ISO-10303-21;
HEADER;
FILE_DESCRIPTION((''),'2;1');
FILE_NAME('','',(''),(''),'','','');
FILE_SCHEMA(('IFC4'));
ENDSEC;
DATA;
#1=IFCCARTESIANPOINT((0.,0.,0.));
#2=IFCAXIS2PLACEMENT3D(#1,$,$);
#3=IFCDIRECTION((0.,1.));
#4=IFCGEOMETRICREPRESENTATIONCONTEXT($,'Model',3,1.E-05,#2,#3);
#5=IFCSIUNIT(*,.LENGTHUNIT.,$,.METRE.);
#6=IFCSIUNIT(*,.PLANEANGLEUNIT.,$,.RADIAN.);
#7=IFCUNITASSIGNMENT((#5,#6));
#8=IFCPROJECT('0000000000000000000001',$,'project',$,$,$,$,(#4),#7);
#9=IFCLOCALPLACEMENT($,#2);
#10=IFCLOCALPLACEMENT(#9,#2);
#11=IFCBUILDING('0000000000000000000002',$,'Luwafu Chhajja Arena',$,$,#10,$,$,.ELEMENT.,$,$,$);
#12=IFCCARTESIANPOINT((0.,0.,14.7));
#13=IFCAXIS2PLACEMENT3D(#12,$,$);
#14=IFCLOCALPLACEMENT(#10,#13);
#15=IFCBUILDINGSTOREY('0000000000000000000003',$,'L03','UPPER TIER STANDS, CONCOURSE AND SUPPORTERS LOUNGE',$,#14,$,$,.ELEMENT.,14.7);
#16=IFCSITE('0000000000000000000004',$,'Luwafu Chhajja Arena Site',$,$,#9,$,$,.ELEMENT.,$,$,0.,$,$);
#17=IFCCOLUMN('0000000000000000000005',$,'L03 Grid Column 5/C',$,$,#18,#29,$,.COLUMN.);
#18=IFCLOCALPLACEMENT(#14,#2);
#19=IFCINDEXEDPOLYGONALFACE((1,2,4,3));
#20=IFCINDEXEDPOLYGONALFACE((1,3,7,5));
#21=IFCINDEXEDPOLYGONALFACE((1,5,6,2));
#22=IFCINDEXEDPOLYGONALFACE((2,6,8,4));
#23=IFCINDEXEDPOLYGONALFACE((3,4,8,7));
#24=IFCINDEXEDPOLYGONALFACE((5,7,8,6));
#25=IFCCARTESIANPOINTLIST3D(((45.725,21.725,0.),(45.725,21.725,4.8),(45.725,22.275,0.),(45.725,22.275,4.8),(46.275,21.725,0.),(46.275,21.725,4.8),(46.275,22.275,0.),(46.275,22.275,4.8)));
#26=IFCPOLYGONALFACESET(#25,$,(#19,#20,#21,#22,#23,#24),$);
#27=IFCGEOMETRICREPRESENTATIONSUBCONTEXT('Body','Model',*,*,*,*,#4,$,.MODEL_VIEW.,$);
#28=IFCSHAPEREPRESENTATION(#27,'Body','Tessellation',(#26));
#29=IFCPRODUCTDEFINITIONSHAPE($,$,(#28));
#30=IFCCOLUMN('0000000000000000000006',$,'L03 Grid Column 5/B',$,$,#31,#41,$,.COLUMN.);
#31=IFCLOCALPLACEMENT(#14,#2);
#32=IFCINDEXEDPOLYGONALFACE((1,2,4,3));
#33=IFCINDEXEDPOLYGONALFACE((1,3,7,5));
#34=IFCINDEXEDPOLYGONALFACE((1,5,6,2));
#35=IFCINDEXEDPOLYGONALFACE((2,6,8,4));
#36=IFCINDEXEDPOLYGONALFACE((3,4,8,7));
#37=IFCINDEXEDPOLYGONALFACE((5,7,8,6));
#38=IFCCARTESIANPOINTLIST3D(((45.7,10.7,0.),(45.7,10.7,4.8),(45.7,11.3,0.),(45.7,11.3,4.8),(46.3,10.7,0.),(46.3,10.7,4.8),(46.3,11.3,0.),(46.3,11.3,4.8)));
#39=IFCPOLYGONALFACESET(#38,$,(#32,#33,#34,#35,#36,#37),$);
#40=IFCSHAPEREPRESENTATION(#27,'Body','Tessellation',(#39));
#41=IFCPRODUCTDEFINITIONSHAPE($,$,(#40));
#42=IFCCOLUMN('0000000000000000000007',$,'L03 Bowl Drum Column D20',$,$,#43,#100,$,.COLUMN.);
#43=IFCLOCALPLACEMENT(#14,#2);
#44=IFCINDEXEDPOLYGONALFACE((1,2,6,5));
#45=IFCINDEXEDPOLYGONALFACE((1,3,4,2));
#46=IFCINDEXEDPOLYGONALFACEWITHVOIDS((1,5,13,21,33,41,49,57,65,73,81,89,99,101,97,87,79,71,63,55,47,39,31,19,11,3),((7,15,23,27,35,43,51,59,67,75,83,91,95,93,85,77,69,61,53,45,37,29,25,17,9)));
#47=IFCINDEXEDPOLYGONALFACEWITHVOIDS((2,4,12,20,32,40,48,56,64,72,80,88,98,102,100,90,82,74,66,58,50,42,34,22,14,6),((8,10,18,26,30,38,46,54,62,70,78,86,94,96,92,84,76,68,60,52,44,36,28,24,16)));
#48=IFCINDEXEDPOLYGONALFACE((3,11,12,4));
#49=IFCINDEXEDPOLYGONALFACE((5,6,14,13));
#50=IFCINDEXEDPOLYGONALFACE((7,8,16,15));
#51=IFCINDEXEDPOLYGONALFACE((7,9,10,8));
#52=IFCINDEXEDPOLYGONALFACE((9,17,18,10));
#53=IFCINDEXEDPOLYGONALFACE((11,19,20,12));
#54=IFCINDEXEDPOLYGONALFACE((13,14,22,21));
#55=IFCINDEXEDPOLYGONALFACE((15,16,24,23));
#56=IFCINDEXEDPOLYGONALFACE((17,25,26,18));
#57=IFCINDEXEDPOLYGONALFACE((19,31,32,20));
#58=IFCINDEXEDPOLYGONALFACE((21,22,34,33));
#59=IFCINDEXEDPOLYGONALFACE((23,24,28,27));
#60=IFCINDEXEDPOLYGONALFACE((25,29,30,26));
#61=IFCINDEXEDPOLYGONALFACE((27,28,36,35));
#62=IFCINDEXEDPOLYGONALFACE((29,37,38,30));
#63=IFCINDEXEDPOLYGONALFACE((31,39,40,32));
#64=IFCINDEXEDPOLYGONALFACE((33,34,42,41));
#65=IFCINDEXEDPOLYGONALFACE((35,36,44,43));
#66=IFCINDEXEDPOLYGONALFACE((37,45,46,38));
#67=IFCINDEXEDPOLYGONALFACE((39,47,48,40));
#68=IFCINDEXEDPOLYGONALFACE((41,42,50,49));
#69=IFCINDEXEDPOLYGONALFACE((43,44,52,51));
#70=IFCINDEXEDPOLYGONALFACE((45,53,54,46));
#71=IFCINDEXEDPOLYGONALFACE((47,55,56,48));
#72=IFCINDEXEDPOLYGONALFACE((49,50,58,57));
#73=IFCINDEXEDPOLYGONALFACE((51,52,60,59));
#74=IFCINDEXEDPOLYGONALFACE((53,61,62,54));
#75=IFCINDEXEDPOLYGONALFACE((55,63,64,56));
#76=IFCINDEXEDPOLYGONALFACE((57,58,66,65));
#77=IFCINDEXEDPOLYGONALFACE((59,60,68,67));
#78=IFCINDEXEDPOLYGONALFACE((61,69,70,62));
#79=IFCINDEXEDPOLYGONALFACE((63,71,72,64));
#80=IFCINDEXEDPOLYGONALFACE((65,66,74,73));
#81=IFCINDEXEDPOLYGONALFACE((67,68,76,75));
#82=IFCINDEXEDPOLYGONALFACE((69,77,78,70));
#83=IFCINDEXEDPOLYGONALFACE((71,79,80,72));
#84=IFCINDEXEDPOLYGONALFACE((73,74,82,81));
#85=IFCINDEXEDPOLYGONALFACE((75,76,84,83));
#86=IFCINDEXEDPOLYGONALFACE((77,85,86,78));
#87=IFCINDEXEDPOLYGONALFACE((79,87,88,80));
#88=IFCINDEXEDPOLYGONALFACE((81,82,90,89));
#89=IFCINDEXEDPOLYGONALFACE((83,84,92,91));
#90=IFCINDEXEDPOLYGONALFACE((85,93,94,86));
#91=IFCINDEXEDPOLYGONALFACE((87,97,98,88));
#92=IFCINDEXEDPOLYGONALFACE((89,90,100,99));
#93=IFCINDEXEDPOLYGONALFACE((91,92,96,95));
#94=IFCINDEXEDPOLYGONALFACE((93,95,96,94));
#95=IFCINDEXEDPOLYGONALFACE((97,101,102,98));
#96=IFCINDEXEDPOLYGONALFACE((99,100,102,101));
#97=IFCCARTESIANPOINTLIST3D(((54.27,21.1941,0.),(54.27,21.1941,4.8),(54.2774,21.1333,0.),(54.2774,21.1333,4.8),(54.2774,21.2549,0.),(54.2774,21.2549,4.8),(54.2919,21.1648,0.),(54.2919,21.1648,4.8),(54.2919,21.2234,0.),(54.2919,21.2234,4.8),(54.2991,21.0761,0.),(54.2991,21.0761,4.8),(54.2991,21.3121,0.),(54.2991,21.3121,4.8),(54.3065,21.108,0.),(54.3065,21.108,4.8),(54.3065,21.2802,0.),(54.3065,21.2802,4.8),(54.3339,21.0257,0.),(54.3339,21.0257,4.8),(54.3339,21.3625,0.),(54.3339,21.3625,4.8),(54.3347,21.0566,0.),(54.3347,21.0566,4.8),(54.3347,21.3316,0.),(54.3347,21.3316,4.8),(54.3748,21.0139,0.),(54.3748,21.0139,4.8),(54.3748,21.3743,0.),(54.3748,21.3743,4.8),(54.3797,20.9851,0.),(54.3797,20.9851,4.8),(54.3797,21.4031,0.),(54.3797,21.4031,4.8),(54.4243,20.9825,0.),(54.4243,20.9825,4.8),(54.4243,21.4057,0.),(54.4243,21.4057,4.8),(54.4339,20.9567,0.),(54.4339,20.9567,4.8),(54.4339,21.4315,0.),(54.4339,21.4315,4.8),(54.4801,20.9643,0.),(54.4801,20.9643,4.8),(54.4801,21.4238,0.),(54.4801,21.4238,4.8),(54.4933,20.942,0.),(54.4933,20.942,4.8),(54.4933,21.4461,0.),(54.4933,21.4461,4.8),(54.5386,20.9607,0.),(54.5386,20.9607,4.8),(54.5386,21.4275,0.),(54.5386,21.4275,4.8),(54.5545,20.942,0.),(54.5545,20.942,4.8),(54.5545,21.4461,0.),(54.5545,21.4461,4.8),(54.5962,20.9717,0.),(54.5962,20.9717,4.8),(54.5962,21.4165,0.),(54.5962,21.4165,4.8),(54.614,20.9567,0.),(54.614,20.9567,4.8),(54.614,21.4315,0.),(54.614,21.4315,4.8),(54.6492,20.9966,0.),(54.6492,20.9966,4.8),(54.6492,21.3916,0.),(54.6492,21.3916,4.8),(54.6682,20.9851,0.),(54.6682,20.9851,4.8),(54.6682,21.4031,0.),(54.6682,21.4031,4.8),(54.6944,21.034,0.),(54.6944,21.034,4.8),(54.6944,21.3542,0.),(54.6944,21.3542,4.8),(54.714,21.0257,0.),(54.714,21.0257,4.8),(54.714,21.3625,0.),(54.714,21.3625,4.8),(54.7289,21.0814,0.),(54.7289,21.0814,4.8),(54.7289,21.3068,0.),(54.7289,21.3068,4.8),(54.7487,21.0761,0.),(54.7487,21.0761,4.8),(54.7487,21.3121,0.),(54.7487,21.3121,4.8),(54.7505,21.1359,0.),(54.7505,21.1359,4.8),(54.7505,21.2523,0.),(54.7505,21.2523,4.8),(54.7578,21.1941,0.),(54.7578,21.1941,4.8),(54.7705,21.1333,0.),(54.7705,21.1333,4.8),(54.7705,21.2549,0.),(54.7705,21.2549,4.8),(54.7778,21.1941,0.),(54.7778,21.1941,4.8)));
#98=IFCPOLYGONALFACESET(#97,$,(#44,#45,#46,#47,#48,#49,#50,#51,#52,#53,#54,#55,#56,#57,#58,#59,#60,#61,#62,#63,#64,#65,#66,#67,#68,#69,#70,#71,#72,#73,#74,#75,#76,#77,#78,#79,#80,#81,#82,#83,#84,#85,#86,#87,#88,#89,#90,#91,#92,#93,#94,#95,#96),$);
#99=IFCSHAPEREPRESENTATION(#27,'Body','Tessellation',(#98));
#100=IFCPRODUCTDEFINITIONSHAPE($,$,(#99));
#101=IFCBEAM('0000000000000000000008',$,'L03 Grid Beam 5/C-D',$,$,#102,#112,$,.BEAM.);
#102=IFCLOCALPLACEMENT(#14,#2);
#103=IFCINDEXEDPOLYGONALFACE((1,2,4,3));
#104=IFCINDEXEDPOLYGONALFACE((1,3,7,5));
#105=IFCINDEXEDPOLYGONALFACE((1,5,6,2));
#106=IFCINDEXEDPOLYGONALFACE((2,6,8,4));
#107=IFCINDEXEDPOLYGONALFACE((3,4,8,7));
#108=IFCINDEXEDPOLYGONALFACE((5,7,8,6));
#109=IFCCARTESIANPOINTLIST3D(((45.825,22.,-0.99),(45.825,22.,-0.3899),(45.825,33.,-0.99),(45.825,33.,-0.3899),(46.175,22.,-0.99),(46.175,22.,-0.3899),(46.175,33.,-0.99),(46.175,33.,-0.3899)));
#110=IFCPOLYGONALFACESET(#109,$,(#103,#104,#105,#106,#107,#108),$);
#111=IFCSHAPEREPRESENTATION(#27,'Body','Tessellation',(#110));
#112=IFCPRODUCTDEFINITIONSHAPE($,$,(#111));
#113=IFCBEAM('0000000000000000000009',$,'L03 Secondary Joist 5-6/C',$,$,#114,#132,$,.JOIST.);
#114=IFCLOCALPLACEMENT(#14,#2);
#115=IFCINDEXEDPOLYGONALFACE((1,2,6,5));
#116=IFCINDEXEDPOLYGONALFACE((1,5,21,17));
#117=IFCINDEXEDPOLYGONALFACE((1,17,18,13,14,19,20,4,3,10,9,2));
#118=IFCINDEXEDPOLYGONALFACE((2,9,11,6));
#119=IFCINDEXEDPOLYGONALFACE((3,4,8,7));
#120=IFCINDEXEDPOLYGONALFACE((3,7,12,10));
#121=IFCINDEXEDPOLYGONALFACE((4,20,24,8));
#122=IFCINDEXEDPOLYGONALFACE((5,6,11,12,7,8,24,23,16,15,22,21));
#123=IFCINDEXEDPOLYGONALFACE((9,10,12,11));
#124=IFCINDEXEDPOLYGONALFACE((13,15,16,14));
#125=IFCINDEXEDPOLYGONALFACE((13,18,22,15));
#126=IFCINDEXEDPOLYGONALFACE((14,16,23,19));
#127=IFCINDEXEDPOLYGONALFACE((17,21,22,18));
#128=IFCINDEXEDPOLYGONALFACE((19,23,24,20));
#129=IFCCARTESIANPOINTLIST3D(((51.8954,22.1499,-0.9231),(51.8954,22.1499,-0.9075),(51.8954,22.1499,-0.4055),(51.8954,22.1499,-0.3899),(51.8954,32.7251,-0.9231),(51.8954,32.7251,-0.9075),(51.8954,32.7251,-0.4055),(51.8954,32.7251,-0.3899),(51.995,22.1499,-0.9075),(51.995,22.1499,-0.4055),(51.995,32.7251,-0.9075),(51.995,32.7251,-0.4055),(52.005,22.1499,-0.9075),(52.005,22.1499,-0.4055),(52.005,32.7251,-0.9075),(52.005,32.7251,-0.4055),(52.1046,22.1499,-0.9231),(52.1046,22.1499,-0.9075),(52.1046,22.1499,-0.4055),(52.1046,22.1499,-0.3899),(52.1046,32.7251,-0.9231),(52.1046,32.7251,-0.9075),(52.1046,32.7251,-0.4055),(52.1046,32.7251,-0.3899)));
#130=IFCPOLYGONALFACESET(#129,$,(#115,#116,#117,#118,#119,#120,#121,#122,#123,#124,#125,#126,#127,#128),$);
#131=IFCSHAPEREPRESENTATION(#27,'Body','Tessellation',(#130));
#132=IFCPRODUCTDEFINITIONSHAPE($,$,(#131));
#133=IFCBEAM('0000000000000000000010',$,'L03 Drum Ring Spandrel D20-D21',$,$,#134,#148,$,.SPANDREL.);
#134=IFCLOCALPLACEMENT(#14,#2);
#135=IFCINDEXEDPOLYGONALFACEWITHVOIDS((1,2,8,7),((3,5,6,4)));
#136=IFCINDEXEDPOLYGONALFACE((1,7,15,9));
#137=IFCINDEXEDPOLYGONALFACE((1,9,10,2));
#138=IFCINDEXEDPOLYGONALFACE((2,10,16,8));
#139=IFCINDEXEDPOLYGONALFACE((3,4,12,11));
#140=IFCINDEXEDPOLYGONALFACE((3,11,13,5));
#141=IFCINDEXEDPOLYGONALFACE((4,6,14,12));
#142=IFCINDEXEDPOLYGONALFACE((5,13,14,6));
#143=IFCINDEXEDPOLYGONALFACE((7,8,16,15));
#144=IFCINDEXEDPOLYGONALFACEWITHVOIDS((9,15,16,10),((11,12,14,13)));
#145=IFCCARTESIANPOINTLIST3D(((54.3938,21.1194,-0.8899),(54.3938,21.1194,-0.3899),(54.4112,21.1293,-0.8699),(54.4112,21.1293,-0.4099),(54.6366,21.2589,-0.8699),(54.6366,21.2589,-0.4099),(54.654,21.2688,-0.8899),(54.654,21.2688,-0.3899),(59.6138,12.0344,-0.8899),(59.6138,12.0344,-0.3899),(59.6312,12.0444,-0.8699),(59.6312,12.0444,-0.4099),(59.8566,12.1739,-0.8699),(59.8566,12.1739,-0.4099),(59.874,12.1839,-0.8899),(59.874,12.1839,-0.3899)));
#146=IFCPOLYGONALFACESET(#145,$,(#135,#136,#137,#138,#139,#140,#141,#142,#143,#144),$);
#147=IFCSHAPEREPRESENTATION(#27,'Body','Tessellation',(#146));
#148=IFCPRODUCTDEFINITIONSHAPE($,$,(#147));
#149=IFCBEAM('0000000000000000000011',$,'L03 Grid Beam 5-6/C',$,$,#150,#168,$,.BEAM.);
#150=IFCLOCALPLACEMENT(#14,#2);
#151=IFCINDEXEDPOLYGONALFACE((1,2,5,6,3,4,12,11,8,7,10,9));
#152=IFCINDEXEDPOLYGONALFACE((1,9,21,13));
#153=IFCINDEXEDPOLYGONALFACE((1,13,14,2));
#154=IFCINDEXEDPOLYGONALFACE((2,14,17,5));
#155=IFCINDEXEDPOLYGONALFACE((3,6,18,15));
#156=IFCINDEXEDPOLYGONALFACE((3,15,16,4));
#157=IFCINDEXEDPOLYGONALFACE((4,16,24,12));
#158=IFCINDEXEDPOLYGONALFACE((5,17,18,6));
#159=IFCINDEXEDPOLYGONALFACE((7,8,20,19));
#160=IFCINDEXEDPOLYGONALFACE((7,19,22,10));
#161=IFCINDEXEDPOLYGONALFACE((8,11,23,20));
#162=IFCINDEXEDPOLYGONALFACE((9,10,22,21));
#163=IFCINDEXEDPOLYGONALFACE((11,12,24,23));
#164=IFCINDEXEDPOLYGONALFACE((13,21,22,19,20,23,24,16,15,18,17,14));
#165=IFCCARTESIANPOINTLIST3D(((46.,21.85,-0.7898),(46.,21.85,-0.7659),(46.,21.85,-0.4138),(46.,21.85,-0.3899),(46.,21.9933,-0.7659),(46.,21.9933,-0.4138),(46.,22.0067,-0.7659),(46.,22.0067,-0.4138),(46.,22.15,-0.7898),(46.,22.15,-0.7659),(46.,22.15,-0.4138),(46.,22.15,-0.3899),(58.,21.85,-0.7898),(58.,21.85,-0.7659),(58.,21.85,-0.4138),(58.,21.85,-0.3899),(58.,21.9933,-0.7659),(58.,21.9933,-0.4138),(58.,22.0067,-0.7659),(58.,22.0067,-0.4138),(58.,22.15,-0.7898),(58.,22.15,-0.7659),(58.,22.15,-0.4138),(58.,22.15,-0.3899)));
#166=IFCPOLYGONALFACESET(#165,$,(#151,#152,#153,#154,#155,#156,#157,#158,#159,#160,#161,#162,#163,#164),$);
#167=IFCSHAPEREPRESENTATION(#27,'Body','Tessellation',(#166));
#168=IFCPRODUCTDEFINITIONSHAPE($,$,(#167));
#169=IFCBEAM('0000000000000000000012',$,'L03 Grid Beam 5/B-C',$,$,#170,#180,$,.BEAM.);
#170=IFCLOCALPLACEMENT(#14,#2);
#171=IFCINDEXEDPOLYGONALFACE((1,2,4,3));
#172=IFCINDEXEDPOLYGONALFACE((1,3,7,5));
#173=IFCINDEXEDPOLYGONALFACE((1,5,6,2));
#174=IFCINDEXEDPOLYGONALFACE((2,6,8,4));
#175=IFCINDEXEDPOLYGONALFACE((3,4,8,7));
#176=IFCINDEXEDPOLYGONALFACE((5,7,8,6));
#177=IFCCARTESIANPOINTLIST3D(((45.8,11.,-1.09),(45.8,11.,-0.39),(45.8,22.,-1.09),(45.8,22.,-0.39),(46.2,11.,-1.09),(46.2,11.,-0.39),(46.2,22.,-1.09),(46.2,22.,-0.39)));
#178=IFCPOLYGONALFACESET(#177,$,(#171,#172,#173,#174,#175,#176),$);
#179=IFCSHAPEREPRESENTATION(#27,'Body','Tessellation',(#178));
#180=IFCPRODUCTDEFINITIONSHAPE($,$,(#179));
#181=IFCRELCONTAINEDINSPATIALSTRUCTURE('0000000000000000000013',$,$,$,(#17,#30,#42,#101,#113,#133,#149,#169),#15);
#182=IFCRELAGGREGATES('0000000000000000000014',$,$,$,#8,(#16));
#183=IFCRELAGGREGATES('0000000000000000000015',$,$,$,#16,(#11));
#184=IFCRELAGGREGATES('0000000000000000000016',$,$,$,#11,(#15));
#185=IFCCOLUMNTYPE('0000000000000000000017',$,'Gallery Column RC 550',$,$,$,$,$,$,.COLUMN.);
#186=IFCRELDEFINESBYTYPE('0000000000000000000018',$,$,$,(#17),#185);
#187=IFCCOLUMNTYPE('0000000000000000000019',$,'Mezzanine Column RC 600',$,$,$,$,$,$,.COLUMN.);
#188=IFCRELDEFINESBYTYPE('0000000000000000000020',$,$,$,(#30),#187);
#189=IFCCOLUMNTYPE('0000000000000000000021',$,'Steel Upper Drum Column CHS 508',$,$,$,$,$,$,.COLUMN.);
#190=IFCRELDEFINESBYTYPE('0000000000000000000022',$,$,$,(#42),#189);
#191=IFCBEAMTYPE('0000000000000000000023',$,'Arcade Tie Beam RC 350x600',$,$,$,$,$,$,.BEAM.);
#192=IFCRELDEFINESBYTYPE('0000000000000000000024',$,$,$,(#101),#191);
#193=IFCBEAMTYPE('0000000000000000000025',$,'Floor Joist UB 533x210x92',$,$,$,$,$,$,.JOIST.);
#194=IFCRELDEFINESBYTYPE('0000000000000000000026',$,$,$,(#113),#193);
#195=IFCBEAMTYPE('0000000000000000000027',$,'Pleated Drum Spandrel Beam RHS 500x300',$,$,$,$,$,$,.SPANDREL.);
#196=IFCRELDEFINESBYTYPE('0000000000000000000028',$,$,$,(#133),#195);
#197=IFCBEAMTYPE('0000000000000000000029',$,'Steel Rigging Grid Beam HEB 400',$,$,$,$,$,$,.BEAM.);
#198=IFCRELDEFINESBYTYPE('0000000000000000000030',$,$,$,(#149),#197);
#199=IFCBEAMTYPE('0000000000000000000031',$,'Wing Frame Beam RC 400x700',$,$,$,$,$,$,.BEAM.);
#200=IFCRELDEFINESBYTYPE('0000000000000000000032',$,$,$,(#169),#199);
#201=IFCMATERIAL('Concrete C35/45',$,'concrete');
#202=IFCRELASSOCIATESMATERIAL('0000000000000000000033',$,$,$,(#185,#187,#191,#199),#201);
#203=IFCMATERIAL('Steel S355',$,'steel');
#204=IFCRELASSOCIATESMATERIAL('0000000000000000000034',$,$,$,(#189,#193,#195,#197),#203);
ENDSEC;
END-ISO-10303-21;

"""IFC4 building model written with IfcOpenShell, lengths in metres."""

from ifc_helpers import new_model, si_unit, direction, frame, origin, origin_2d, place, context, subcontext, project, spatial, rectangle, hollow_rectangle, hollow_circle, i_section, extrude, material, material_profile, profile_set, type_object, element, save


model = new_model("IFC4")

# Units and contexts
model_context = context("Model", 3, precision=1e-05, world=origin(), true_north=direction((0.0, 1.0)))
body_context = subcontext(model_context, "Body", "Model", "MODEL_VIEW")
ifc_project = project(units=[si_unit("LENGTHUNIT", "METRE"), si_unit("PLANEANGLEUNIT", "RADIAN")], contexts=[model_context])

# Site, building, storey
site_placement = place(None, origin())
site = spatial("IfcSite", under=ifc_project, at=site_placement, Name="Luwafu Chhajja Arena Site", CompositionType="ELEMENT", RefElevation=0.0)
building_placement = place(site_placement, origin())
building = spatial("IfcBuilding", under=site, at=building_placement, Name="Luwafu Chhajja Arena", CompositionType="ELEMENT")
storey_placement = place(building_placement, frame((0.0, 0.0, 14.7)))
storey = spatial("IfcBuildingStorey", under=building, at=storey_placement, Name="L03", Description="UPPER TIER STANDS, CONCOURSE AND SUPPORTERS LOUNGE", CompositionType="ELEMENT", Elevation=14.7)

# Columns
ifc_material_1 = material(Name="Concrete C35/45", Category="concrete")
ifc_material_profile_1 = material_profile(ifc_material_1, rectangle(XDim=0.55, YDim=0.55, at=origin_2d()), Name="RC 550x550")
ifc_profile_set_1 = profile_set([ifc_material_profile_1], Name="Concrete C35/45")
column_type_1 = type_object("IfcColumnType", Name="Gallery Column RC 550", PredefinedType="COLUMN", material=ifc_profile_set_1)
column_1_placement = place(storey_placement, frame((46.0, 22.0, 0.0), z_axis=(0.0, 0.0, 1.0), x_axis=(1.0, 0.0, 0.0)))
element("IfcColumn", 1, at=column_1_placement, inside=storey, type_object=column_type_1, Name="L03 Grid Column 5/C", PredefinedType="COLUMN", context=body_context, shape_type="SweptSolid", body=[
    extrude(rectangle(XDim=0.55, YDim=0.55, at=origin_2d()), origin(), (0.0, 0.0, 1.0), 4.8),
])
ifc_material_profile_2 = material_profile(ifc_material_1, rectangle(XDim=0.6001, YDim=0.6001, at=origin_2d()), Name="RC 600x600")
ifc_profile_set_2 = profile_set([ifc_material_profile_2], Name="Concrete C35/45")
column_type_2 = type_object("IfcColumnType", Name="Mezzanine Column RC 600", PredefinedType="COLUMN", material=ifc_profile_set_2)
column_2_placement = place(storey_placement, frame((46.0, 11.0, 0.0), z_axis=(0.0, 0.0, 1.0), x_axis=(1.0, 0.0, 0.0)))
element("IfcColumn", 2, at=column_2_placement, inside=storey, type_object=column_type_2, Name="L03 Grid Column 5/B", PredefinedType="COLUMN", context=body_context, shape_type="SweptSolid", body=[
    extrude(rectangle(XDim=0.6001, YDim=0.6001, at=origin_2d()), origin(), (0.0, 0.0, 1.0), 4.8),
])
ifc_material_2 = material(Name="Steel S355", Category="steel")
ifc_material_profile_3 = material_profile(ifc_material_2, hollow_circle(Radius=0.2539, WallThickness=0.02, at=origin_2d()), Name="CHS 508x20")
ifc_profile_set_3 = profile_set([ifc_material_profile_3], Name="Steel S355")
column_type_3 = type_object("IfcColumnType", Name="Steel Upper Drum Column CHS 508", PredefinedType="COLUMN", material=ifc_profile_set_3)
column_3_placement = place(storey_placement, frame((54.5239, 21.1941, 0.0), z_axis=(0.0, 0.0, 1.0), x_axis=(1.0, 0.0, 0.0)))
element("IfcColumn", 3, at=column_3_placement, inside=storey, type_object=column_type_3, Name="L03 Bowl Drum Column D20", PredefinedType="COLUMN", context=body_context, shape_type="SweptSolid", body=[
    extrude(hollow_circle(Radius=0.2539, WallThickness=0.02, at=origin_2d()), origin(), (0.0, 0.0, 1.0), 4.8),
])

# Beams
ifc_material_profile_4 = material_profile(ifc_material_1, rectangle(XDim=0.3501, YDim=0.6001, at=origin_2d()), Name="RC 350x600")
ifc_profile_set_4 = profile_set([ifc_material_profile_4], Name="Concrete C35/45")
beam_type_1 = type_object("IfcBeamType", Name="Arcade Tie Beam RC 350x600", PredefinedType="BEAM", material=ifc_profile_set_4)
beam_1_placement = place(storey_placement, frame((46.0, 22.0, -0.6899), z_axis=(0.0, 1.0, 0.0), x_axis=(-1.0, 0.0, 0.0)))
element("IfcBeam", 4, at=beam_1_placement, inside=storey, type_object=beam_type_1, Name="L03 Grid Beam 5/C-D", PredefinedType="BEAM", context=body_context, shape_type="SweptSolid", body=[
    extrude(rectangle(XDim=0.3501, YDim=0.6001, at=origin_2d()), origin(), (0.0, 0.0, 1.0), 11.0),
])
ifc_material_profile_5 = material_profile(ifc_material_2, i_section(OverallWidth=0.2092, OverallDepth=0.5332, WebThickness=0.01, FlangeThickness=0.0156, at=origin_2d()), Name="UB 533x210x92")
ifc_profile_set_5 = profile_set([ifc_material_profile_5], Name="Steel S355")
beam_type_2 = type_object("IfcBeamType", Name="Floor Joist UB 533x210x92", PredefinedType="JOIST", material=ifc_profile_set_5)
beam_2_placement = place(storey_placement, frame((52.0, 22.1499, -0.6565), z_axis=(0.0, 1.0, 0.0), x_axis=(-1.0, 0.0, 0.0)))
element("IfcBeam", 5, at=beam_2_placement, inside=storey, type_object=beam_type_2, Name="L03 Secondary Joist 5-6/C", PredefinedType="JOIST", context=body_context, shape_type="SweptSolid", body=[
    extrude(i_section(OverallWidth=0.2092, OverallDepth=0.5332, WebThickness=0.01, FlangeThickness=0.0156, at=origin_2d()), origin(), (0.0, 0.0, 1.0), 10.5752),
])
ifc_material_profile_6 = material_profile(ifc_material_2, hollow_rectangle(XDim=0.3, YDim=0.5, WallThickness=0.02, at=origin_2d()), Name="RHS 500x300x20")
ifc_profile_set_6 = profile_set([ifc_material_profile_6], Name="Steel S355")
beam_type_3 = type_object("IfcBeamType", Name="Pleated Drum Spandrel Beam RHS 500x300", PredefinedType="SPANDREL", material=ifc_profile_set_6)
beam_3_placement = place(storey_placement, frame((54.5239, 21.1941, -0.6399), z_axis=(0.498193, -0.867066, 0.0), x_axis=(0.867066, 0.498193, 0.0)))
element("IfcBeam", 6, at=beam_3_placement, inside=storey, type_object=beam_type_3, Name="L03 Drum Ring Spandrel D20-D21", PredefinedType="SPANDREL", context=body_context, shape_type="SweptSolid", body=[
    extrude(hollow_rectangle(XDim=0.3, YDim=0.5, WallThickness=0.02, at=origin_2d()), origin(), (0.0, 0.0, 1.0), 10.4778),
])
ifc_material_profile_7 = material_profile(ifc_material_2, i_section(OverallWidth=0.3, OverallDepth=0.3999, WebThickness=0.0134, FlangeThickness=0.0239, at=origin_2d()), Name="HEB 400")
ifc_profile_set_7 = profile_set([ifc_material_profile_7], Name="Steel S355")
beam_type_4 = type_object("IfcBeamType", Name="Steel Rigging Grid Beam HEB 400", PredefinedType="BEAM", material=ifc_profile_set_7)
beam_4_placement = place(storey_placement, frame((46.0, 22.0, -0.5898), z_axis=(1.0, 0.0, 0.0), x_axis=(0.0, 1.0, 0.0)))
element("IfcBeam", 7, at=beam_4_placement, inside=storey, type_object=beam_type_4, Name="L03 Grid Beam 5-6/C", PredefinedType="BEAM", context=body_context, shape_type="SweptSolid", body=[
    extrude(i_section(OverallWidth=0.3, OverallDepth=0.3999, WebThickness=0.0134, FlangeThickness=0.0239, at=origin_2d()), origin(), (0.0, 0.0, 1.0), 12.0),
])
ifc_material_profile_8 = material_profile(ifc_material_1, rectangle(XDim=0.3999, YDim=0.7, at=origin_2d()), Name="RC 400x700")
ifc_profile_set_8 = profile_set([ifc_material_profile_8], Name="Concrete C35/45")
beam_type_5 = type_object("IfcBeamType", Name="Wing Frame Beam RC 400x700", PredefinedType="BEAM", material=ifc_profile_set_8)
for number, where, z_axis, x_axis, name in (
    (8, (46.0, 11.0, -0.74), (0.0, 1.0, 0.0), (-1.0, 0.0, 0.0), "L03 Grid Beam 5/B-C"),
):
    element("IfcBeam", number, at=place(storey_placement, frame(where, z_axis=z_axis, x_axis=x_axis)), inside=storey, type_object=beam_type_5, Name=name, PredefinedType="BEAM", context=body_context, shape_type="SweptSolid", body=[
        extrude(rectangle(XDim=0.3999, YDim=0.7, at=origin_2d()), origin(), (0.0, 0.0, 1.0), 11.0),
    ])

save(model, "model.ifc")
